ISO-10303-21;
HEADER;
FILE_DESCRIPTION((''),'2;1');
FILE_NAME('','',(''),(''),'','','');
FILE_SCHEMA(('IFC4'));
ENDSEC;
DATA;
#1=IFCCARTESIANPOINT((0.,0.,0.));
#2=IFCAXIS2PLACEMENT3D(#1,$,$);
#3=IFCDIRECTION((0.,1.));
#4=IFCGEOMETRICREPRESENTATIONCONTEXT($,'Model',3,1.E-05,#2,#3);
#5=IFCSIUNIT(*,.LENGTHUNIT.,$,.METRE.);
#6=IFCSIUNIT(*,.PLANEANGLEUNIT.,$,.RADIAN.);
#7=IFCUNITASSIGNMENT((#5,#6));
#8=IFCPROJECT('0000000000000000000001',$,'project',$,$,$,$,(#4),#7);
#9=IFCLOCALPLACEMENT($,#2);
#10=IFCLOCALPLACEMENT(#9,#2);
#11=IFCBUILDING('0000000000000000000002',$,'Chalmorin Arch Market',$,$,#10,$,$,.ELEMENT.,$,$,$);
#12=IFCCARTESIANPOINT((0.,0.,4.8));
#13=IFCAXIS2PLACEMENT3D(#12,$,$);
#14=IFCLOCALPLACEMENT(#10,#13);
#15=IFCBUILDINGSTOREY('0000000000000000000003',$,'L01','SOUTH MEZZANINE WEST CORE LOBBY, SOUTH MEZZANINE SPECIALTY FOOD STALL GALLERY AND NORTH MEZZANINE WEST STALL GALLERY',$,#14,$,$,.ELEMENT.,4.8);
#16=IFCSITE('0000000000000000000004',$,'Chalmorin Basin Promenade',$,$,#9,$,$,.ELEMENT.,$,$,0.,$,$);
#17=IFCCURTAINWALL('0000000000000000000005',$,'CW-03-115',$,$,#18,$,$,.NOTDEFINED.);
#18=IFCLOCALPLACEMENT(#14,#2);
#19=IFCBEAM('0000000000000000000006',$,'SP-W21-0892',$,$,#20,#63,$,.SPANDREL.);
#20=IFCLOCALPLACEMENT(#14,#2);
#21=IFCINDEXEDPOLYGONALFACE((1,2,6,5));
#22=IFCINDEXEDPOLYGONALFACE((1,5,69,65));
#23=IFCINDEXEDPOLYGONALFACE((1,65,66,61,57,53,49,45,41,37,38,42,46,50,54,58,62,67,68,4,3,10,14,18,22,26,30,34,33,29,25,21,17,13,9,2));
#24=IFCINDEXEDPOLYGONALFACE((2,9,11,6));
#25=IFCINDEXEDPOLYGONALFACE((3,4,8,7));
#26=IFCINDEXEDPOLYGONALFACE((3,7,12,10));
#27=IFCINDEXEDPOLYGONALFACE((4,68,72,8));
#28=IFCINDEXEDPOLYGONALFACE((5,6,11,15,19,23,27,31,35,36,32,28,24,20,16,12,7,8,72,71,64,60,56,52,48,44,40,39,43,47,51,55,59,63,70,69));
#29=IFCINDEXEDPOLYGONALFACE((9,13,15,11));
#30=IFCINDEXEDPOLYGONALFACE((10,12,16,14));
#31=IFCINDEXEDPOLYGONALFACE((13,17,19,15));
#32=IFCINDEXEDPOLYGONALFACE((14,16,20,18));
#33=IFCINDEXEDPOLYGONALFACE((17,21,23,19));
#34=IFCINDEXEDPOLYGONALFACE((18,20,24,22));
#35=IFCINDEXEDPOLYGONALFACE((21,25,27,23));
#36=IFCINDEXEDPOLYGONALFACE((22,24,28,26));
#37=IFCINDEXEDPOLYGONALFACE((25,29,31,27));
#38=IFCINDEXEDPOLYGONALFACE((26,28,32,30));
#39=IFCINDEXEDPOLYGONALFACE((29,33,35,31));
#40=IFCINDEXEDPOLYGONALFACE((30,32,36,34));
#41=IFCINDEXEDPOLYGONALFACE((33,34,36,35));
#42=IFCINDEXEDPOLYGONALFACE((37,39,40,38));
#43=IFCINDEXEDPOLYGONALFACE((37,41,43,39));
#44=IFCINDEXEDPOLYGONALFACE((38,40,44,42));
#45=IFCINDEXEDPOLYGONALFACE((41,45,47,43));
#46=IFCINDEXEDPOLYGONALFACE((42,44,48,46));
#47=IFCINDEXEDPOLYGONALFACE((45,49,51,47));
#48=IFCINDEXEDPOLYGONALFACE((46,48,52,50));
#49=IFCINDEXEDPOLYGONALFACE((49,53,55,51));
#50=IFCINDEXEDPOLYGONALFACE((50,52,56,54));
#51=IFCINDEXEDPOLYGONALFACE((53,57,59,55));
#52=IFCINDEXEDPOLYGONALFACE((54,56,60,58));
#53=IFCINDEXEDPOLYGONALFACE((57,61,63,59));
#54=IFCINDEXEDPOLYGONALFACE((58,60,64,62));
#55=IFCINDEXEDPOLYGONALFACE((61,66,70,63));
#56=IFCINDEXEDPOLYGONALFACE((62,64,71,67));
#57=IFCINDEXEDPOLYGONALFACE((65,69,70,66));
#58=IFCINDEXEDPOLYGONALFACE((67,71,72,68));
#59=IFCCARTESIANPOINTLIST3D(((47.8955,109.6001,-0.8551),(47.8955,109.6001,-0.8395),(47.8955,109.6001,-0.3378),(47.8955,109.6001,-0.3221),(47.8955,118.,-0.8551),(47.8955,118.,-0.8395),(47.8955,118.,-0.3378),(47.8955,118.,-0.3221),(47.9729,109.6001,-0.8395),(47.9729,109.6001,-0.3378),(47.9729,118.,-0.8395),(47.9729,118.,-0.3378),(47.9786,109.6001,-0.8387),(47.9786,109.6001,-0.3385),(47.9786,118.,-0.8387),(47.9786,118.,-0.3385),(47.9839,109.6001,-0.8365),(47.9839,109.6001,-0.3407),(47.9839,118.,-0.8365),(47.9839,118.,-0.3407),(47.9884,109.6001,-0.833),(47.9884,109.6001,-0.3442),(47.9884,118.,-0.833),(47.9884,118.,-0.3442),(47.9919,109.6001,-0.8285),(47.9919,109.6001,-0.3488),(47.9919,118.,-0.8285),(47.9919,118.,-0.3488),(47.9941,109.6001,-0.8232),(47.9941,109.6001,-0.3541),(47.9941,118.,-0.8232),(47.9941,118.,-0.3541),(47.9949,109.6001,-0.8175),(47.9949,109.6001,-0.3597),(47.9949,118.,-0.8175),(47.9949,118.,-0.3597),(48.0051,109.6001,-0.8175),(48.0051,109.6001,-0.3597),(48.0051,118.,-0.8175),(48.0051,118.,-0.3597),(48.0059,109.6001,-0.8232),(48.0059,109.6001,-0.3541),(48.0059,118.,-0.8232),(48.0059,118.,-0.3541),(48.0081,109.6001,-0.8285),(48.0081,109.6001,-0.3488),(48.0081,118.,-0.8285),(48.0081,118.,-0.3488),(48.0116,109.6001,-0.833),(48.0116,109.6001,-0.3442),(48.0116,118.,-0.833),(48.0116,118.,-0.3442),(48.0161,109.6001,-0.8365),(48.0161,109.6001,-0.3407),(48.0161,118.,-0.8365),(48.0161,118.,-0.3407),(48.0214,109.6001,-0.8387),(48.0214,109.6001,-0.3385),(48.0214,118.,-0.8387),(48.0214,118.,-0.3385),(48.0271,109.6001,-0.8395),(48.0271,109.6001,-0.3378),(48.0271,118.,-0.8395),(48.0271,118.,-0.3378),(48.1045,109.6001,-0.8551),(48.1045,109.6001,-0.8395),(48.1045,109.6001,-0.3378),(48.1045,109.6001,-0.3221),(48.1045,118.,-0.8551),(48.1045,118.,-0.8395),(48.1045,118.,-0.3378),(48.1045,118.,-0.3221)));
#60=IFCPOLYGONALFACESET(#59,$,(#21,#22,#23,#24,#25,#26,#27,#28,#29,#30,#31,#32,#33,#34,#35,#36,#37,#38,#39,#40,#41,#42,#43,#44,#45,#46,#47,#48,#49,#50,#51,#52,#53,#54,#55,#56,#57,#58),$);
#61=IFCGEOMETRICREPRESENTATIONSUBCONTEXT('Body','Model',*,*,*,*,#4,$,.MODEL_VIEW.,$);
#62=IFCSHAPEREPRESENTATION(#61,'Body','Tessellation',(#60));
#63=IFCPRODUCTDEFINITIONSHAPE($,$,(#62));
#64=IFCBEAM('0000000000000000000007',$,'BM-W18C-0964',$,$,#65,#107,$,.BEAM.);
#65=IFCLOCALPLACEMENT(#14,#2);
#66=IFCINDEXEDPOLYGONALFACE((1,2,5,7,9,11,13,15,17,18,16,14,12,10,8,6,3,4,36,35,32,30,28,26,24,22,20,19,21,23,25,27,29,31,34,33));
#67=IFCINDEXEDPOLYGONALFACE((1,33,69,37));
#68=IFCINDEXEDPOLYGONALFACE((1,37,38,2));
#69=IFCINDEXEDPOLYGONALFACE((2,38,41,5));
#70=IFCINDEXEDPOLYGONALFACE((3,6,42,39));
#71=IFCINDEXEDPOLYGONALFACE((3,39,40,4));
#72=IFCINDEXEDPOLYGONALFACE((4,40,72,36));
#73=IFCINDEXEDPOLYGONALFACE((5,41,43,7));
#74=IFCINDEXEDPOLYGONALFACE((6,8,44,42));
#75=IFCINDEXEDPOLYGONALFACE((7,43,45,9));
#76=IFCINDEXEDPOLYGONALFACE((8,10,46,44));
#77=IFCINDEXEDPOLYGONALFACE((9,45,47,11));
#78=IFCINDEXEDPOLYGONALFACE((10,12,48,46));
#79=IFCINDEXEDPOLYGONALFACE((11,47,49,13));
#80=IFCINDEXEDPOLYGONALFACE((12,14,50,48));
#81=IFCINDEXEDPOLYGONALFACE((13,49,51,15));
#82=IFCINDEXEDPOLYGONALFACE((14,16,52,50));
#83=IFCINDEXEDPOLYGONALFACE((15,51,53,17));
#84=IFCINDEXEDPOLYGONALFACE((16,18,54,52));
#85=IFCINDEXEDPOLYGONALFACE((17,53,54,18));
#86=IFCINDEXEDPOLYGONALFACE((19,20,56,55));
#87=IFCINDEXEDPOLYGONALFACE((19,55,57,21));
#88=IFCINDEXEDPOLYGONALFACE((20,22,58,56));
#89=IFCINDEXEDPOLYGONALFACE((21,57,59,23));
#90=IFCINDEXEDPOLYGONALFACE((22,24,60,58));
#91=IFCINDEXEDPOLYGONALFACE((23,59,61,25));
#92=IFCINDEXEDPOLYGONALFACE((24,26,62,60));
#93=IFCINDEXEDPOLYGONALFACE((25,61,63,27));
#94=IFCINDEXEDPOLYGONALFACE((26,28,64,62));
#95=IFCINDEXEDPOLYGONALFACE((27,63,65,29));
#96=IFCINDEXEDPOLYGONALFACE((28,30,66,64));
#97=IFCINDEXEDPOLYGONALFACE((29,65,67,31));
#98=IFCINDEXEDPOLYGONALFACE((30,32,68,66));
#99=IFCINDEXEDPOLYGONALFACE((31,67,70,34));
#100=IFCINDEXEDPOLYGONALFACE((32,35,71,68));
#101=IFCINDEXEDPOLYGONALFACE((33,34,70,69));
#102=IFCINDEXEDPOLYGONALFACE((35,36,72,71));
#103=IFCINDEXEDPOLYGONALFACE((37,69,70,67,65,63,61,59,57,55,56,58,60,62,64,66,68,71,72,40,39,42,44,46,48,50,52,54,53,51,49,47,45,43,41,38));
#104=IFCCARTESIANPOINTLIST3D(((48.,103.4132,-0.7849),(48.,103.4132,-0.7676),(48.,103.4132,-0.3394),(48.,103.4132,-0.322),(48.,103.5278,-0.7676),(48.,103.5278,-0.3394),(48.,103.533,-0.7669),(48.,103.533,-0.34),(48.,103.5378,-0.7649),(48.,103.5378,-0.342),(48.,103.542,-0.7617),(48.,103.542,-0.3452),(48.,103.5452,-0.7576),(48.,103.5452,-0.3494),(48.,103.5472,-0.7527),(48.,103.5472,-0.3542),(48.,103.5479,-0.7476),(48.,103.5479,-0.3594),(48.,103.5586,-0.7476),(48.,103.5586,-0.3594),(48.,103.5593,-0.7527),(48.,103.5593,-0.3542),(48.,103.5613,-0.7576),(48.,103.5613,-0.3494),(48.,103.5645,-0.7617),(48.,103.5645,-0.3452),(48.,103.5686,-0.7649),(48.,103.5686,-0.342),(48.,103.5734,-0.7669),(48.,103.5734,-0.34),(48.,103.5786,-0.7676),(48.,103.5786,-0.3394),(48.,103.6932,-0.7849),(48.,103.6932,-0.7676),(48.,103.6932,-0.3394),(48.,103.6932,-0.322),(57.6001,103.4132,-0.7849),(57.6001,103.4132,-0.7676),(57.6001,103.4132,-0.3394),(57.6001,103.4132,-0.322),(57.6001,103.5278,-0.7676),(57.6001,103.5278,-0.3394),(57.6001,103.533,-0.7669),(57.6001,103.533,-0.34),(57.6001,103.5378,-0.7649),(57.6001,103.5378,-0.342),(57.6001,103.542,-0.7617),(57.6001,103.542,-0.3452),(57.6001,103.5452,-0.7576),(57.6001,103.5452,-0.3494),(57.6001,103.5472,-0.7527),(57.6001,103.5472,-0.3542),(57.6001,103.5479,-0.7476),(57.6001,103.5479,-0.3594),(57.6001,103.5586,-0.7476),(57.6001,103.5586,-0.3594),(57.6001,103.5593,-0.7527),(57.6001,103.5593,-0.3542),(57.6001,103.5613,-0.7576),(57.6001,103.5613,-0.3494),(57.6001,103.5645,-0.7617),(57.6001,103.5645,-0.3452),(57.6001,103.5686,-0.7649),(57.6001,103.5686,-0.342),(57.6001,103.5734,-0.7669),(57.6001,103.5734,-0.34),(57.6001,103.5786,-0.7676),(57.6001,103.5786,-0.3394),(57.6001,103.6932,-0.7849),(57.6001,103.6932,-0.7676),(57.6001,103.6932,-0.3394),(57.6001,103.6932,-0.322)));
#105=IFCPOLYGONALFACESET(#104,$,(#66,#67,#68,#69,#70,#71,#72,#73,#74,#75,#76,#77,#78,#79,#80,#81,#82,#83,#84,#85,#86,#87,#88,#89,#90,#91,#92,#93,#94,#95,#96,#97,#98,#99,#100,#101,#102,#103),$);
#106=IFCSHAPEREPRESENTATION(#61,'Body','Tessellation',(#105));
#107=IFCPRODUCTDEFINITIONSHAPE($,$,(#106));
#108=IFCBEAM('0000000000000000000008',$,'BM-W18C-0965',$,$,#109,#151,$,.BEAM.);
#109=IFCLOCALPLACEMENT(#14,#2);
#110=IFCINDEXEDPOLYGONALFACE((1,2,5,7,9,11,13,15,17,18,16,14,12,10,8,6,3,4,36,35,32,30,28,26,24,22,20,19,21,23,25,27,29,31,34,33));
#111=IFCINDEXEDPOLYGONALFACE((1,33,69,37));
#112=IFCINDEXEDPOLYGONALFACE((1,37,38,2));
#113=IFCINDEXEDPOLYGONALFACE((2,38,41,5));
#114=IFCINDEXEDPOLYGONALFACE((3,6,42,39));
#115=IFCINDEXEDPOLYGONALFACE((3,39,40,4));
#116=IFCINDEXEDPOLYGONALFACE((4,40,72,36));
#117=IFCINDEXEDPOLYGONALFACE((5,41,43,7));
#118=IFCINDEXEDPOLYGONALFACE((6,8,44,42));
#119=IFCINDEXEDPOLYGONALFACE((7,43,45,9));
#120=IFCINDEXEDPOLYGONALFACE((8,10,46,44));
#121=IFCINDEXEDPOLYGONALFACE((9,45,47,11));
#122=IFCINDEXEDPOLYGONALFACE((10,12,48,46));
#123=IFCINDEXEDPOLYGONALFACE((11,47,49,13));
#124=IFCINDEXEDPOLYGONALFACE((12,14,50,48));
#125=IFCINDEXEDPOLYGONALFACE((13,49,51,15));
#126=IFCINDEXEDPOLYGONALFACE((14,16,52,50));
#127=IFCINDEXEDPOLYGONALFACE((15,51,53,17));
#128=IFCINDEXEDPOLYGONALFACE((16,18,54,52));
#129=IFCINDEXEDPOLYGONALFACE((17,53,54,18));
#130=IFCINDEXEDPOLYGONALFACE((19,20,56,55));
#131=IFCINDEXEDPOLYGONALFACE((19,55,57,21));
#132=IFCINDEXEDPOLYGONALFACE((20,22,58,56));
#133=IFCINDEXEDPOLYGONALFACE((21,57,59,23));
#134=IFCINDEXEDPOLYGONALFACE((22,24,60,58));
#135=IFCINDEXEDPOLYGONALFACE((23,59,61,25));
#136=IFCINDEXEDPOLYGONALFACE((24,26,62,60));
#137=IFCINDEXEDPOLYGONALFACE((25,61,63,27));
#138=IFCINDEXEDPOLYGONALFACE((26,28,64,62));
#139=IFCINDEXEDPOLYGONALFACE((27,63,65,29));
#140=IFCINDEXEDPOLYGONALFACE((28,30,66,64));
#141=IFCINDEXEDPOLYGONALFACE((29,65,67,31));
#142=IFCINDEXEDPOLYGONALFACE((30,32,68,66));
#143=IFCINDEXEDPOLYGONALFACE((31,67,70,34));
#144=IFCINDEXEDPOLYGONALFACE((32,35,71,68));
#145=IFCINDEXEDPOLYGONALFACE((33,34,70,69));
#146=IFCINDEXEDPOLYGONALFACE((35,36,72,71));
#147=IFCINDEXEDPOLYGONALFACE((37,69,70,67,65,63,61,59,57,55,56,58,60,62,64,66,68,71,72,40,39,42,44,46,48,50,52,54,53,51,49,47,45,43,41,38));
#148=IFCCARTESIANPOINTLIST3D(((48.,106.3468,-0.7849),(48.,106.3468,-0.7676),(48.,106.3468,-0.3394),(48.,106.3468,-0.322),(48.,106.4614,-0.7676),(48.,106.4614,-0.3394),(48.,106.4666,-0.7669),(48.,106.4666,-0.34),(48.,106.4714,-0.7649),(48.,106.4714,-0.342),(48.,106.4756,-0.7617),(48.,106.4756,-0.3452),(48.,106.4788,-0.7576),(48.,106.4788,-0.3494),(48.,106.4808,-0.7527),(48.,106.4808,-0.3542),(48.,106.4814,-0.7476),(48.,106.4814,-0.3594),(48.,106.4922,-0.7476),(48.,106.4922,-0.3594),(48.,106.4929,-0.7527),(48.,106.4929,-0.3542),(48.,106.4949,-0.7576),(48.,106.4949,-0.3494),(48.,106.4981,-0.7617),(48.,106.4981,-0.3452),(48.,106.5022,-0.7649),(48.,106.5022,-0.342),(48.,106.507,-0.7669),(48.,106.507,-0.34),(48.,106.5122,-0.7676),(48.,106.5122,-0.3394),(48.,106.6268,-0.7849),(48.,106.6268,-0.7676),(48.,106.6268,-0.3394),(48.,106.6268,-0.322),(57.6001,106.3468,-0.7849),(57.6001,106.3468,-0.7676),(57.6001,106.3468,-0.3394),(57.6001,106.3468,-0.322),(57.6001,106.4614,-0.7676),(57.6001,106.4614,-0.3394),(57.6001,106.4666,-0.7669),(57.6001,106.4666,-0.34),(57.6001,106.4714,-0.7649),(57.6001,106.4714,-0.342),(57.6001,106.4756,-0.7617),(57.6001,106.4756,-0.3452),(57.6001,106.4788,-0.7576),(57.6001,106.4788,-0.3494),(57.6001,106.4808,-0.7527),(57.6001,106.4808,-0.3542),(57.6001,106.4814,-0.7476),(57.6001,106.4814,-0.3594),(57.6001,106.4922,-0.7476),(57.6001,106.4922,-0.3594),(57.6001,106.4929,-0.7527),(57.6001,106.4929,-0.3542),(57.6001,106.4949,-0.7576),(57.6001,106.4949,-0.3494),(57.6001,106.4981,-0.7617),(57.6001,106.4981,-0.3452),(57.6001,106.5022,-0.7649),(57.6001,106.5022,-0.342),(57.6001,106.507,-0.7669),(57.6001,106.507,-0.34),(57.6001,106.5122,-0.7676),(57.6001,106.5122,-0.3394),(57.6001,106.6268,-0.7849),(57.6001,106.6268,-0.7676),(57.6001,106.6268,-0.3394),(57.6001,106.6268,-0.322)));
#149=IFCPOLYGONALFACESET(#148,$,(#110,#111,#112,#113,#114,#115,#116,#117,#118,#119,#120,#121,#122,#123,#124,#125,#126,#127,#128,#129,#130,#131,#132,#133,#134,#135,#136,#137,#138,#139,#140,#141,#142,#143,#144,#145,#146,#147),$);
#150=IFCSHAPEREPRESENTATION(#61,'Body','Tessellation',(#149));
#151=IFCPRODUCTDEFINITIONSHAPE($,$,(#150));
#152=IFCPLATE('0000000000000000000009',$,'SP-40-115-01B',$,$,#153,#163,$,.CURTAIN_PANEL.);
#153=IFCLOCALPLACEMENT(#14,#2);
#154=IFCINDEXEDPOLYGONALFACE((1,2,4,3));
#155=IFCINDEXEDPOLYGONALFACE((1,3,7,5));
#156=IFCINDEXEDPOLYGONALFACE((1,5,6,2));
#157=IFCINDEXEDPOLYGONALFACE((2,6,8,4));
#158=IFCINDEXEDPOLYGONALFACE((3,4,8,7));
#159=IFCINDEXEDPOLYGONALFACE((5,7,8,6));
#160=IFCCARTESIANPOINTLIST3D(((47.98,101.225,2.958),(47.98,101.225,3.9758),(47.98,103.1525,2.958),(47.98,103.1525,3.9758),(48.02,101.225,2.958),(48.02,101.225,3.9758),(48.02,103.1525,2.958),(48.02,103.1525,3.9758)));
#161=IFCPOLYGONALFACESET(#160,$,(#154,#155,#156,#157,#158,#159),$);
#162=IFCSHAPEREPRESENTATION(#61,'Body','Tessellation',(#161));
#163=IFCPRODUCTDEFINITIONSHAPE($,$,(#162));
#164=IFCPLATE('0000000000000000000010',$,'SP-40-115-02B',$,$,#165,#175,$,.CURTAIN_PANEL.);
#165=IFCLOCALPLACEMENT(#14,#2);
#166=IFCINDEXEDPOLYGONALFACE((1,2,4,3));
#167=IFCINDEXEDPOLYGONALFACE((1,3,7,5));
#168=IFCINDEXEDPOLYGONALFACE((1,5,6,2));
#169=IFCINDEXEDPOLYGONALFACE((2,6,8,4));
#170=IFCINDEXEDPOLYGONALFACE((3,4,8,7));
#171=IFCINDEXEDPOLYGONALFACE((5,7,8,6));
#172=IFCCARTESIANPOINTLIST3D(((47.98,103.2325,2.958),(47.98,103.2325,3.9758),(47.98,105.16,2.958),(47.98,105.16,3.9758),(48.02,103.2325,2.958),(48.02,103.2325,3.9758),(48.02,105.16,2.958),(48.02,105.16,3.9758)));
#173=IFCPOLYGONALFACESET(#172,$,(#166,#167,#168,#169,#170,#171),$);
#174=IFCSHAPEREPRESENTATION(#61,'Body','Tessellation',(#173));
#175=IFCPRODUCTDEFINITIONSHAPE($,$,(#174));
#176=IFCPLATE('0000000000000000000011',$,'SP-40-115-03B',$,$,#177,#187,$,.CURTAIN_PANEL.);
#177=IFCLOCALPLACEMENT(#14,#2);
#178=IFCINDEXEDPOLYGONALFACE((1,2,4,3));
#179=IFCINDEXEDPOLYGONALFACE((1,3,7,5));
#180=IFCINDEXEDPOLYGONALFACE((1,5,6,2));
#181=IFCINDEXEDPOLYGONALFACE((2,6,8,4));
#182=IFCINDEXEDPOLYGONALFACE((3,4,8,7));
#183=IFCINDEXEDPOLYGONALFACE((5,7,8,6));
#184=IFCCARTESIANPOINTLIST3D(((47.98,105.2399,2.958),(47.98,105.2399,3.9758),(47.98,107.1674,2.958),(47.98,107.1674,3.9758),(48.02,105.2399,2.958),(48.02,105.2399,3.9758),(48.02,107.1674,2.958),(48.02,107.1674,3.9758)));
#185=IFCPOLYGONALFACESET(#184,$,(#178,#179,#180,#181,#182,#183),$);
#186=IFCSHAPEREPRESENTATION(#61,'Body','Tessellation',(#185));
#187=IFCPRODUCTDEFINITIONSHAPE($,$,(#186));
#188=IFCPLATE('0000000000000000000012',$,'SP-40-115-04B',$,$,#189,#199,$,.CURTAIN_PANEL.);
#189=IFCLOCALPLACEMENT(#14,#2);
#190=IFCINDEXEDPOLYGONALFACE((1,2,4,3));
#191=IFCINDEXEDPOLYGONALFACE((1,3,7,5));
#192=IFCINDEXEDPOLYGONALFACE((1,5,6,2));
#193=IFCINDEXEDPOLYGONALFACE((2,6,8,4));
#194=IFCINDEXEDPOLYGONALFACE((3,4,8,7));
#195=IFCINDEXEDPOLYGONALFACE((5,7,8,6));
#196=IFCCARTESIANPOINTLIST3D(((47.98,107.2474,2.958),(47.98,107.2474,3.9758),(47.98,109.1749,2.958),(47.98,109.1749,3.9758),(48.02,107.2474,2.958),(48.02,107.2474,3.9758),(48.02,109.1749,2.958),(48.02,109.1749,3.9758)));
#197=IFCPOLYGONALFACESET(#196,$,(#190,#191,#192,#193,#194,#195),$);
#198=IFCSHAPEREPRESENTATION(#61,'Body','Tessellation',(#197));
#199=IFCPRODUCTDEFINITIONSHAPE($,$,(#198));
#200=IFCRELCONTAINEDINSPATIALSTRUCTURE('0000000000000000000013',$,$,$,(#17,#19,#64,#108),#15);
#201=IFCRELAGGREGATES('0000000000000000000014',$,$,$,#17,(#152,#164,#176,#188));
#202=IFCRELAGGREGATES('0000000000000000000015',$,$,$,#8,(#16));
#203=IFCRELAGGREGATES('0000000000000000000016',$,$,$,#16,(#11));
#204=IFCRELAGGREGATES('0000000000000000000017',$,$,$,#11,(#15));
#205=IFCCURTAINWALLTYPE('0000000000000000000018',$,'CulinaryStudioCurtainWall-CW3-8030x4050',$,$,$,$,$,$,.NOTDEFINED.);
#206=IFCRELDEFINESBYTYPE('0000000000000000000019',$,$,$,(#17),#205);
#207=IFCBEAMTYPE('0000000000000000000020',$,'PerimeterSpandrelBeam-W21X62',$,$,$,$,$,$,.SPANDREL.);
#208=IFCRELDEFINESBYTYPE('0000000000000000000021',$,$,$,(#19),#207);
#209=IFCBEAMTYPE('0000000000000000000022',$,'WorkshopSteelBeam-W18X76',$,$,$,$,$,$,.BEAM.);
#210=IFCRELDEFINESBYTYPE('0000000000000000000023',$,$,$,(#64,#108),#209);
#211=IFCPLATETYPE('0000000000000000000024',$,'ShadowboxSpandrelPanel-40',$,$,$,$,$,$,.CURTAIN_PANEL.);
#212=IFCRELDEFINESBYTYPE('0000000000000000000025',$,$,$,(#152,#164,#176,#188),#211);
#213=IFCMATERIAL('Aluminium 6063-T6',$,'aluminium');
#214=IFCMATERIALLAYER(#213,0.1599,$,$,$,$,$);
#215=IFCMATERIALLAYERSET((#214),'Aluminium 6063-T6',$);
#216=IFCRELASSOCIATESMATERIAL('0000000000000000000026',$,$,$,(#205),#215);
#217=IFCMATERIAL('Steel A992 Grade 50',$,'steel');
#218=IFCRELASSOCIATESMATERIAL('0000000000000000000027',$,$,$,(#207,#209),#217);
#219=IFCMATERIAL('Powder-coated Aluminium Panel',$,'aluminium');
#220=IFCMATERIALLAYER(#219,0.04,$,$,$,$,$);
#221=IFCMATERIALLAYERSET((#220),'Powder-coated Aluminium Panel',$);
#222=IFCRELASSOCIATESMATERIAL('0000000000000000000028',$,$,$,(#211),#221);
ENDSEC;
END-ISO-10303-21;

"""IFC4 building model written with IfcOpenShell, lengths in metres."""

from ifc_helpers import new_model, si_unit, direction, frame, origin, origin_2d, place, context, subcontext, project, spatial, rectangle, i_section, extrude, material, layer, layer_set, material_profile, profile_set, type_object, element, aggregate, save


model = new_model("IFC4")

# Units and contexts
model_context = context("Model", 3, precision=1e-05, world=origin(), true_north=direction((0.0, 1.0)))
body_context = subcontext(model_context, "Body", "Model", "MODEL_VIEW")
ifc_project = project(units=[si_unit("LENGTHUNIT", "METRE"), si_unit("PLANEANGLEUNIT", "RADIAN")], contexts=[model_context])

# Site, building, storey
site_placement = place(None, origin())
site = spatial("IfcSite", under=ifc_project, at=site_placement, Name="Chalmorin Basin Promenade", CompositionType="ELEMENT", RefElevation=0.0)
building_placement = place(site_placement, origin())
building = spatial("IfcBuilding", under=site, at=building_placement, Name="Chalmorin Arch Market", CompositionType="ELEMENT")
storey_placement = place(building_placement, frame((0.0, 0.0, 4.8)))
storey = spatial("IfcBuildingStorey", under=building, at=storey_placement, Name="L01", Description="SOUTH MEZZANINE WEST CORE LOBBY, SOUTH MEZZANINE SPECIALTY FOOD STALL GALLERY AND NORTH MEZZANINE WEST STALL GALLERY", CompositionType="ELEMENT", Elevation=4.8)

# Curtain wall
ifc_material_1 = material(Name="Aluminium 6063-T6", Category="aluminium")
ifc_layer_1 = layer(ifc_material_1, 0.1599)
ifc_layer_set_1 = layer_set([ifc_layer_1], Name="Aluminium 6063-T6")
curtain_wall_type_1 = type_object("IfcCurtainWallType", Name="CulinaryStudioCurtainWall-CW3-8030x4050", PredefinedType="NOTDEFINED", material=ifc_layer_set_1)
curtain_wall_1_placement = place(storey_placement, origin())
curtain_wall_1 = element("IfcCurtainWall", 1, at=curtain_wall_1_placement, inside=storey, type_object=curtain_wall_type_1, Name="CW-03-115", PredefinedType="NOTDEFINED")

# Beams
ifc_material_2 = material(Name="Steel A992 Grade 50", Category="steel")
ifc_material_profile_1 = material_profile(ifc_material_2, i_section(OverallWidth=0.209, OverallDepth=0.533, WebThickness=0.0103, FlangeThickness=0.0156, FilletRadius=0.022, at=origin_2d()), Name="W21X62")
ifc_profile_set_1 = profile_set([ifc_material_profile_1], Name="Steel A992 Grade 50")
beam_type_1 = type_object("IfcBeamType", Name="PerimeterSpandrelBeam-W21X62", PredefinedType="SPANDREL", material=ifc_profile_set_1)
beam_1_placement = place(storey_placement, frame((48.0, 109.6001, -0.5886), z_axis=(0.0, 1.0, 0.0), x_axis=(-1.0, 0.0, 0.0)))
element("IfcBeam", 2, at=beam_1_placement, inside=storey, type_object=beam_type_1, Name="SP-W21-0892", PredefinedType="SPANDREL", context=body_context, shape_type="SweptSolid", body=[
    extrude(i_section(OverallWidth=0.209, OverallDepth=0.533, WebThickness=0.0103, FlangeThickness=0.0156, FilletRadius=0.022, at=origin_2d()), origin(), (0.0, 0.0, 1.0), 8.3999),
])
ifc_material_profile_2 = material_profile(ifc_material_2, i_section(OverallWidth=0.28, OverallDepth=0.4629, WebThickness=0.0107, FlangeThickness=0.0173, FilletRadius=0.02, at=origin_2d()), Name="W18X76")
ifc_profile_set_2 = profile_set([ifc_material_profile_2], Name="Steel A992 Grade 50")
beam_type_2 = type_object("IfcBeamType", Name="WorkshopSteelBeam-W18X76", PredefinedType="BEAM", material=ifc_profile_set_2)
for number, where, z_axis, x_axis, name in (
    (3, (48.0, 103.5532, -0.5535), (1.0, 0.0, 0.0), (0.0, 1.0, 0.0), "BM-W18C-0964"),
    (4, (48.0, 106.4868, -0.5535), (1.0, 0.0, 0.0), (0.0, 1.0, 0.0), "BM-W18C-0965"),
):
    element("IfcBeam", number, at=place(storey_placement, frame(where, z_axis=z_axis, x_axis=x_axis)), inside=storey, type_object=beam_type_2, Name=name, PredefinedType="BEAM", context=body_context, shape_type="SweptSolid", body=[
        extrude(i_section(OverallWidth=0.28, OverallDepth=0.4629, WebThickness=0.0107, FlangeThickness=0.0173, FilletRadius=0.02, at=origin_2d()), origin(), (0.0, 0.0, 1.0), 9.6001),
    ])

# Plates
ifc_material_3 = material(Name="Powder-coated Aluminium Panel", Category="aluminium")
ifc_layer_2 = layer(ifc_material_3, 0.04)
ifc_layer_set_2 = layer_set([ifc_layer_2], Name="Powder-coated Aluminium Panel")
plate_type_1 = type_object("IfcPlateType", Name="ShadowboxSpandrelPanel-40", PredefinedType="CURTAIN_PANEL", material=ifc_layer_set_2)
plate_1_placement = place(storey_placement, frame((48.0, 102.1887, 2.958), z_axis=(0.0, 0.0, 1.0), x_axis=(0.0, 1.0, 0.0)))
plate_1 = element("IfcPlate", 5, at=plate_1_placement, type_object=plate_type_1, Name="SP-40-115-01B", PredefinedType="CURTAIN_PANEL", context=body_context, shape_type="SweptSolid", body=[
    extrude(rectangle(XDim=1.9275, YDim=0.04, at=origin_2d()), origin(), (0.0, 0.0, 1.0), 1.0178),
])
plate_2_placement = place(storey_placement, frame((48.0, 104.1963, 2.958), z_axis=(0.0, 0.0, 1.0), x_axis=(0.0, 1.0, 0.0)))
plate_2 = element("IfcPlate", 6, at=plate_2_placement, type_object=plate_type_1, Name="SP-40-115-02B", PredefinedType="CURTAIN_PANEL", context=body_context, shape_type="SweptSolid", body=[
    extrude(rectangle(XDim=1.9275, YDim=0.04, at=origin_2d()), origin(), (0.0, 0.0, 1.0), 1.0178),
])
plate_3_placement = place(storey_placement, frame((48.0, 106.2036, 2.958), z_axis=(0.0, 0.0, 1.0), x_axis=(0.0, 1.0, 0.0)))
plate_3 = element("IfcPlate", 7, at=plate_3_placement, type_object=plate_type_1, Name="SP-40-115-03B", PredefinedType="CURTAIN_PANEL", context=body_context, shape_type="SweptSolid", body=[
    extrude(rectangle(XDim=1.9275, YDim=0.04, at=origin_2d()), origin(), (0.0, 0.0, 1.0), 1.0178),
])
plate_4_placement = place(storey_placement, frame((48.0, 108.2112, 2.958), z_axis=(0.0, 0.0, 1.0), x_axis=(0.0, 1.0, 0.0)))
plate_4 = element("IfcPlate", 8, at=plate_4_placement, type_object=plate_type_1, Name="SP-40-115-04B", PredefinedType="CURTAIN_PANEL", context=body_context, shape_type="SweptSolid", body=[
    extrude(rectangle(XDim=1.9275, YDim=0.04, at=origin_2d()), origin(), (0.0, 0.0, 1.0), 1.0178),
])
aggregate(curtain_wall_1, [plate_1, plate_2, plate_3, plate_4])

save(model, "model.ifc")
